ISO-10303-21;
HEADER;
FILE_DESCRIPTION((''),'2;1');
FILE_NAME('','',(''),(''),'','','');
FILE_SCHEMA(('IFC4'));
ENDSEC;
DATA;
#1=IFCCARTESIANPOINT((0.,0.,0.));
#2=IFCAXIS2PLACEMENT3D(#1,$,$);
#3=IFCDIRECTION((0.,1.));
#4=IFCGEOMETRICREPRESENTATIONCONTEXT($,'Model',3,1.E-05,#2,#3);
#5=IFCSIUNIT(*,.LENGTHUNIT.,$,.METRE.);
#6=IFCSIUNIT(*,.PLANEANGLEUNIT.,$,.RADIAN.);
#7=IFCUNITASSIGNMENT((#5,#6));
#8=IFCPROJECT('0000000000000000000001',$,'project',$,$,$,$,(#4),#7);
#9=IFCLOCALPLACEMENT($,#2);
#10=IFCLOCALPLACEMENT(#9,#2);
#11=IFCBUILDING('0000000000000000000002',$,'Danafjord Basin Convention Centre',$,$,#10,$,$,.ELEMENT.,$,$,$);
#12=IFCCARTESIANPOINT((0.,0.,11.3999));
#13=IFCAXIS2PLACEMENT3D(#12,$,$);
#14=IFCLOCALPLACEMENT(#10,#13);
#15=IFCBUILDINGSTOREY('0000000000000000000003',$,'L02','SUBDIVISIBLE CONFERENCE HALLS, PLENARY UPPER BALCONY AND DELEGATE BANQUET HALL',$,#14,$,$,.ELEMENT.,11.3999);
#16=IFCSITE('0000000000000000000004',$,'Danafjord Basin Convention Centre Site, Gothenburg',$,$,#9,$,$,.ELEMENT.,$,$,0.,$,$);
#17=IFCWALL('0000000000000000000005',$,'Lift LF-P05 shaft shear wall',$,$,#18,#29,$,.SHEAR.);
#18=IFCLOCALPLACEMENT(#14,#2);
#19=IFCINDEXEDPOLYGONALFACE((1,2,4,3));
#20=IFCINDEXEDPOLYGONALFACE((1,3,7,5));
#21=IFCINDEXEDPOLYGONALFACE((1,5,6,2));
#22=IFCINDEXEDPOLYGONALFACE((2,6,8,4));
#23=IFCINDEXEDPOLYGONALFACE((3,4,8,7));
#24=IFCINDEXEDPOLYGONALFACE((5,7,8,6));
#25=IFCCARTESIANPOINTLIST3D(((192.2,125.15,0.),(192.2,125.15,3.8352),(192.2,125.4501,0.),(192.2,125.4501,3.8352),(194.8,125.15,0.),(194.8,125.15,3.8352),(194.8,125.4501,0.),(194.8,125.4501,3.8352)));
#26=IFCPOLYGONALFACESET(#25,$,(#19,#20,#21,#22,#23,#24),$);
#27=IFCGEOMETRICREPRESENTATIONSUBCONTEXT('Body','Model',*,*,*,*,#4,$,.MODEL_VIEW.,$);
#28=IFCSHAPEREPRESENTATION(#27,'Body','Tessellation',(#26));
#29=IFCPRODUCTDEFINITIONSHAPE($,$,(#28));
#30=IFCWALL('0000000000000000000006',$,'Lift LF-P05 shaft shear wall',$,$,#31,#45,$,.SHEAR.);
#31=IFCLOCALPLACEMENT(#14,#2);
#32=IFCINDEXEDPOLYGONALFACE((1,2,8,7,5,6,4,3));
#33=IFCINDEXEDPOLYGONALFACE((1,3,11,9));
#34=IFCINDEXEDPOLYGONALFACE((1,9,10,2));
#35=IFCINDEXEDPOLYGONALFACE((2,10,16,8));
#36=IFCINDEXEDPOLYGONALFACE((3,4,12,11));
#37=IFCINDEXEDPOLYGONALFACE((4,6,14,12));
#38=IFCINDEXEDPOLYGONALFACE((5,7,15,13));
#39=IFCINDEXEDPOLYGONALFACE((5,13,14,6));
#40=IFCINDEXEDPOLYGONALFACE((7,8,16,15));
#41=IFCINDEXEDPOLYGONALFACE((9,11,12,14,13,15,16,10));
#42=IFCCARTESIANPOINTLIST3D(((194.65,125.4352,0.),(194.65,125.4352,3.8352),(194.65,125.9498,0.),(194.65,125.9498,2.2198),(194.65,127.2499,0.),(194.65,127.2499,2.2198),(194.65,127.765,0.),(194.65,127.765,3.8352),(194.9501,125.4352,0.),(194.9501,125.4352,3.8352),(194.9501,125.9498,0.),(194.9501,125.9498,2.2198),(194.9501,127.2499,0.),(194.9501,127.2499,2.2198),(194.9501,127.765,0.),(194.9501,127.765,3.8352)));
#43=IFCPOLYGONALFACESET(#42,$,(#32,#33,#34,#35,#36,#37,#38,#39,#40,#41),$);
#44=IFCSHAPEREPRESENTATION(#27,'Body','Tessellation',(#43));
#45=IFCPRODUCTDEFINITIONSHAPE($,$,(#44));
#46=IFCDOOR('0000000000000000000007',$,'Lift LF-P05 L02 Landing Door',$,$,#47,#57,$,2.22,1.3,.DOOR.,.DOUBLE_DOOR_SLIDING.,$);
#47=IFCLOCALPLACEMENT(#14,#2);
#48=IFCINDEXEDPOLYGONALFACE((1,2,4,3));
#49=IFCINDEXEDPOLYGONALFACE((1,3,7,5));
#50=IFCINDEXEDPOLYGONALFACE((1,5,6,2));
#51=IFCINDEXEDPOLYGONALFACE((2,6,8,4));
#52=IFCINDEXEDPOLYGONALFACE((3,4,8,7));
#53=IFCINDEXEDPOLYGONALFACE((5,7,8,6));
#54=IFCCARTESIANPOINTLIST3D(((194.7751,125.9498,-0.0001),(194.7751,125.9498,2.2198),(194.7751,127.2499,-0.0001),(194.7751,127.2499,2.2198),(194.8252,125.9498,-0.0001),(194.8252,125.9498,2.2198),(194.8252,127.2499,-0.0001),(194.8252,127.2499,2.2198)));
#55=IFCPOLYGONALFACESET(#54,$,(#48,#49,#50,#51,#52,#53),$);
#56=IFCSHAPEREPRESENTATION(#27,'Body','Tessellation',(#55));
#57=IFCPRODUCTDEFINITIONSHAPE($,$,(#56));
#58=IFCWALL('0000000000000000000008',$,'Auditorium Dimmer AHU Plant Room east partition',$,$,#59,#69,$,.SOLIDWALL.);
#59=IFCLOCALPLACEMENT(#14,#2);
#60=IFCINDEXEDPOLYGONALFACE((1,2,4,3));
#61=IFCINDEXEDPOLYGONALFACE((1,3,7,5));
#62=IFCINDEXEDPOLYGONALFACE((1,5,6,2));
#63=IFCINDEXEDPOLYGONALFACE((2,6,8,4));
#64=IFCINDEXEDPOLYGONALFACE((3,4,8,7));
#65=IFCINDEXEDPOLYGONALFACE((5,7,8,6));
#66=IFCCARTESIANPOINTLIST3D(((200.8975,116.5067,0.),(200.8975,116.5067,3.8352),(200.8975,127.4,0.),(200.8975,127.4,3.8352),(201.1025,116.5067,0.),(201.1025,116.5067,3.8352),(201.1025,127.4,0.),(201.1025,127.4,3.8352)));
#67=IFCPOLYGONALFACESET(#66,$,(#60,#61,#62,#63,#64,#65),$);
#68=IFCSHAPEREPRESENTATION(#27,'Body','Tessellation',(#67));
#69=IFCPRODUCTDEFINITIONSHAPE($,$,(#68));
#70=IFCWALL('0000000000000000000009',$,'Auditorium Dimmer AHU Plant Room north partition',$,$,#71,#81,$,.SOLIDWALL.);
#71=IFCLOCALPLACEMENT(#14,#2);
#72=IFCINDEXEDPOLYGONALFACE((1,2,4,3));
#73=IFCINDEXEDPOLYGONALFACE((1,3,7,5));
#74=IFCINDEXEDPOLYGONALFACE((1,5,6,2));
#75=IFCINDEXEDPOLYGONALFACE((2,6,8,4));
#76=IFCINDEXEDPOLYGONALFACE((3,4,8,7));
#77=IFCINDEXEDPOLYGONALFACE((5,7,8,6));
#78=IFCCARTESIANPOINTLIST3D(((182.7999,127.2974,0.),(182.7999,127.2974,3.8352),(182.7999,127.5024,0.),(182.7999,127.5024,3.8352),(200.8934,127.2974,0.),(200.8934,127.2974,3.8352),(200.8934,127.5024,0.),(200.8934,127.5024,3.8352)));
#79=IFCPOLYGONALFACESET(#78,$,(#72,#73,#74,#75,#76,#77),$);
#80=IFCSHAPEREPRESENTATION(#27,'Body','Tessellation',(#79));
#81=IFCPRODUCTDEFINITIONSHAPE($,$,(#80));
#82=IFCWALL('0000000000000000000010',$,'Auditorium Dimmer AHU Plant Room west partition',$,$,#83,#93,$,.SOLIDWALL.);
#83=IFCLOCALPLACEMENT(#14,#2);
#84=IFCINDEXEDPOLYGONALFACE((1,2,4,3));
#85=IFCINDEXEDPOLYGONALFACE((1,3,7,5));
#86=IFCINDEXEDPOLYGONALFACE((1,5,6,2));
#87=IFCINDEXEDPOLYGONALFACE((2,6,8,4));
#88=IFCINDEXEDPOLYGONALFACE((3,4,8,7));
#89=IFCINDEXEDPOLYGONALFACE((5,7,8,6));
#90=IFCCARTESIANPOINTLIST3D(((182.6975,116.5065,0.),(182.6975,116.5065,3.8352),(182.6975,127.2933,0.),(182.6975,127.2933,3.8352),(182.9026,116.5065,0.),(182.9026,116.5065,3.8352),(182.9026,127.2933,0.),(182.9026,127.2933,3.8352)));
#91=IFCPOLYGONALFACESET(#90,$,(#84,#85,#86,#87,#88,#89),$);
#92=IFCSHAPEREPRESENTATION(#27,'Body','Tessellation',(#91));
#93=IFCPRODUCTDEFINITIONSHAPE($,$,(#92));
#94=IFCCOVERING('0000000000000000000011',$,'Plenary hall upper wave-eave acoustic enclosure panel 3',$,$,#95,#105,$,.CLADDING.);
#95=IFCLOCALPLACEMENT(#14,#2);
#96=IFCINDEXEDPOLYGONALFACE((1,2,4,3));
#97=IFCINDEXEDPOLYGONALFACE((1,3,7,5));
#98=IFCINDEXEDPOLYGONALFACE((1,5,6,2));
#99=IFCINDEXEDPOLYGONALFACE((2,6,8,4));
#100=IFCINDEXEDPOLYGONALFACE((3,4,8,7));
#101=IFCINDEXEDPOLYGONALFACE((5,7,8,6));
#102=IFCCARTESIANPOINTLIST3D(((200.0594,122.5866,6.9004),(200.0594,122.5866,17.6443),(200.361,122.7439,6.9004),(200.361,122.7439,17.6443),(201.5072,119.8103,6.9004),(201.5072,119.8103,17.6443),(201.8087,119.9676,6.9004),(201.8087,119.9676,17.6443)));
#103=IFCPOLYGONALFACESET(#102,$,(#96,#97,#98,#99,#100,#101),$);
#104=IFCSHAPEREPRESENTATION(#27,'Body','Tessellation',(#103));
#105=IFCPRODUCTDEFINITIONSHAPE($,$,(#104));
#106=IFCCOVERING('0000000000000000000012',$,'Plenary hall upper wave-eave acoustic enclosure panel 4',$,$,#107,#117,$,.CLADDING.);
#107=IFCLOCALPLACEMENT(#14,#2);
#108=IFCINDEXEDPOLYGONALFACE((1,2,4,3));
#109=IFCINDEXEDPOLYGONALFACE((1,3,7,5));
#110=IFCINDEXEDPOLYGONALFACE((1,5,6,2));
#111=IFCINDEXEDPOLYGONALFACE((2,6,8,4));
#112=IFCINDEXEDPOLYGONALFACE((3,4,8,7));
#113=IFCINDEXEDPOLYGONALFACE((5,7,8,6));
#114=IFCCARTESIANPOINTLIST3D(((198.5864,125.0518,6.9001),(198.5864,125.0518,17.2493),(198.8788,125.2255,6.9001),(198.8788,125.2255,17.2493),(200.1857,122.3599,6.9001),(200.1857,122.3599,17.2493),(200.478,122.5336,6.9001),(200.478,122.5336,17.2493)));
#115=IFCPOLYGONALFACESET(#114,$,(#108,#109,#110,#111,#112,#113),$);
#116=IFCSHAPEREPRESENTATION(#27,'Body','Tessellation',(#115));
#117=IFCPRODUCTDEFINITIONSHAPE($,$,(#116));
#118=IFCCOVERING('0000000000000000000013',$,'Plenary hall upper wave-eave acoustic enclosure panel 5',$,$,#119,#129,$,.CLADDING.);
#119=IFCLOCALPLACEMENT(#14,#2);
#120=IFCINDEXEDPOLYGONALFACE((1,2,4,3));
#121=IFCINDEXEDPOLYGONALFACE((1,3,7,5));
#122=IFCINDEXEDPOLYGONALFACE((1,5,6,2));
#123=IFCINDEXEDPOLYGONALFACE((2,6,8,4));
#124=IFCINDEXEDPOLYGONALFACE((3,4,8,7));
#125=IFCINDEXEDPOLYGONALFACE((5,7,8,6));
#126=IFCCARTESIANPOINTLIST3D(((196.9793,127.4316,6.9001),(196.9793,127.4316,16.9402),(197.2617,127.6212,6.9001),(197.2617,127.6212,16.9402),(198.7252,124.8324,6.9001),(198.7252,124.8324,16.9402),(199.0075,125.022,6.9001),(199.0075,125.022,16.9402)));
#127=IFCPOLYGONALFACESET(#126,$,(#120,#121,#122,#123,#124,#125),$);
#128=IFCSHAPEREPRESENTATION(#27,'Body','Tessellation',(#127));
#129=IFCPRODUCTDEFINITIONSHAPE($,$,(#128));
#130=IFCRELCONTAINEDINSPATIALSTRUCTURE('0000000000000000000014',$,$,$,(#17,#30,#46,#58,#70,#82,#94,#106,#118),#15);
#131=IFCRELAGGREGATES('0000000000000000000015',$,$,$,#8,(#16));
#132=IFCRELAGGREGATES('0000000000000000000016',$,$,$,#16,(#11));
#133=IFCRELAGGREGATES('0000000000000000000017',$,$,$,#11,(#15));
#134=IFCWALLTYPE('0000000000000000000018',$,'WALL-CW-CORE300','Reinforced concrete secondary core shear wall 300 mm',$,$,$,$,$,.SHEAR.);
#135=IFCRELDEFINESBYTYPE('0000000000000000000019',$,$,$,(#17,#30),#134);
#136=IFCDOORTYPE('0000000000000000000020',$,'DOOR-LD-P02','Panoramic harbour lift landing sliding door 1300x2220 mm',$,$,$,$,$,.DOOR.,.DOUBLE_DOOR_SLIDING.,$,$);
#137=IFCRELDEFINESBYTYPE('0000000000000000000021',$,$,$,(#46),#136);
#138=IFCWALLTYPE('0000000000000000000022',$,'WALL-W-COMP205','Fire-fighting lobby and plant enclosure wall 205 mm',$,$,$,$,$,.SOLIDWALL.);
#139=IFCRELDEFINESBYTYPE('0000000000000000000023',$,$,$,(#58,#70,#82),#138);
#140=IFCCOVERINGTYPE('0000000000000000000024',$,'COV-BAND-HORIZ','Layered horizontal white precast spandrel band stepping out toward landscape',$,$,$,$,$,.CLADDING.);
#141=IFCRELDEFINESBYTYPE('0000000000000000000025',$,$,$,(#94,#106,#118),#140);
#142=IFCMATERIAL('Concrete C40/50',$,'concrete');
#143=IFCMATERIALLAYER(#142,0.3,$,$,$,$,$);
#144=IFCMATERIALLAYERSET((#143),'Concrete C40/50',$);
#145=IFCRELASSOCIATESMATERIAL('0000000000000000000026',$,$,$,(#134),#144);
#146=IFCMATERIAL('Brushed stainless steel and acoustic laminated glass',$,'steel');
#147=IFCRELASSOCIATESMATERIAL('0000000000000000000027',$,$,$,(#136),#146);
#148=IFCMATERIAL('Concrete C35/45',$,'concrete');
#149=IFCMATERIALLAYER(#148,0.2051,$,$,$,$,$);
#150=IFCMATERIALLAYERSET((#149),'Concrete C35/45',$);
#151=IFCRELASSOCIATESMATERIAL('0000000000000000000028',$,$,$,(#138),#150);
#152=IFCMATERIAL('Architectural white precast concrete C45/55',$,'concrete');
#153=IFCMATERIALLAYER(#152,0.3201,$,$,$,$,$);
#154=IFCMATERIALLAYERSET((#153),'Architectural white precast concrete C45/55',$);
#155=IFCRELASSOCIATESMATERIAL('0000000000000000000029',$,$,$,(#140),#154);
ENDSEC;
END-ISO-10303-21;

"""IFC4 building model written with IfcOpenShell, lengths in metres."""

from ifc_helpers import new_model, si_unit, direction, frame, frame_2d, origin, origin_2d, place, context, subcontext, project, spatial, rectangle, extrude, material, layer, layer_set, type_object, element, fill, save


model = new_model("IFC4")

# Units and contexts
model_context = context("Model", 3, precision=1e-05, world=origin(), true_north=direction((0.0, 1.0)))
body_context = subcontext(model_context, "Body", "Model", "MODEL_VIEW")
ifc_project = project(units=[si_unit("LENGTHUNIT", "METRE"), si_unit("PLANEANGLEUNIT", "RADIAN")], contexts=[model_context])

# Site, building, storey
site_placement = place(None, origin())
site = spatial("IfcSite", under=ifc_project, at=site_placement, Name="Danafjord Basin Convention Centre Site, Gothenburg", CompositionType="ELEMENT", RefElevation=0.0)
building_placement = place(site_placement, origin())
building = spatial("IfcBuilding", under=site, at=building_placement, Name="Danafjord Basin Convention Centre", CompositionType="ELEMENT")
storey_placement = place(building_placement, frame((0.0, 0.0, 11.3999)))
storey = spatial("IfcBuildingStorey", under=building, at=storey_placement, Name="L02", Description="SUBDIVISIBLE CONFERENCE HALLS, PLENARY UPPER BALCONY AND DELEGATE BANQUET HALL", CompositionType="ELEMENT", Elevation=11.3999)

# Shared definitions
ifc_material_1 = material(Name="Concrete C40/50", Category="concrete")
ifc_layer_1 = layer(ifc_material_1, 0.3)
ifc_layer_set_1 = layer_set([ifc_layer_1], Name="Concrete C40/50")
wall_type_1 = type_object("IfcWallType", Name="WALL-CW-CORE300", Description="Reinforced concrete secondary core shear wall 300 mm", PredefinedType="SHEAR", material=ifc_layer_set_1)

# Wall
wall_1_placement = place(storey_placement, frame((192.2, 125.3, 0.0), z_axis=(0.0, 0.0, 1.0), x_axis=(1.0, 0.0, 0.0)))
element("IfcWall", 1, at=wall_1_placement, inside=storey, type_object=wall_type_1, Name="Lift LF-P05 shaft shear wall", PredefinedType="SHEAR", context=body_context, shape_type="SweptSolid", body=[
    extrude(rectangle(XDim=2.6001, YDim=0.3, at=frame_2d((1.3, 0.0))), origin(), (0.0, 0.0, 1.0), 3.8352),
])

# Wall, opening, door
wall_2_placement = place(storey_placement, frame((194.8, 125.4351, 0.0), z_axis=(0.0, 0.0, 1.0), x_axis=(0.0, 1.0, 0.0)))
wall_2 = element("IfcWall", 2, at=wall_2_placement, inside=storey, type_object=wall_type_1, Name="Lift LF-P05 shaft shear wall", PredefinedType="SHEAR", context=body_context, shape_type="SweptSolid", body=[
    extrude(rectangle(XDim=2.3298, YDim=0.3, at=frame_2d((1.165, 0.0))), origin(), (0.0, 0.0, 1.0), 3.8352),
])
opening_1_placement = place(wall_2_placement, frame((0.5149, 0.0, 0.0)))
opening_1 = element("IfcOpeningElement", 3, at=opening_1_placement, cuts=wall_2, PredefinedType="OPENING", context=body_context, shape_type="SweptSolid", body=[
    extrude(rectangle(XDim=1.3, YDim=2.22, at=frame_2d((0.6499, 1.1099))), frame((0.0, 0.1599, 0.0), z_axis=(0.0, -1.0, 0.0), x_axis=(1.0, 0.0, 0.0)), (0.0, 0.0, 1.0), 0.3201),
])
ifc_material_2 = material(Name="Brushed stainless steel and acoustic laminated glass", Category="steel")
door_type_1 = type_object("IfcDoorType", Name="DOOR-LD-P02", Description="Panoramic harbour lift landing sliding door 1300x2220 mm", OperationType="DOUBLE_DOOR_SLIDING", PredefinedType="DOOR", material=ifc_material_2)
door_1_placement = place(opening_1_placement, origin())
door_1 = element("IfcDoor", 4, at=door_1_placement, inside=storey, type_object=door_type_1, Name="Lift LF-P05 L02 Landing Door", OperationType="DOUBLE_DOOR_SLIDING", OverallHeight=2.22, OverallWidth=1.3, PredefinedType="DOOR", context=body_context, shape_type="SweptSolid", body=[
    extrude(rectangle(XDim=1.3, YDim=2.22, at=frame_2d((0.6499, 1.1099))), frame((0.0, 0.0249, 0.0), z_axis=(0.0, -1.0, 0.0), x_axis=(1.0, 0.0, 0.0)), (0.0, 0.0, 1.0), 0.05),
])
fill(opening_1, door_1)

# Walls
ifc_material_3 = material(Name="Concrete C35/45", Category="concrete")
ifc_layer_2 = layer(ifc_material_3, 0.2051)
ifc_layer_set_2 = layer_set([ifc_layer_2], Name="Concrete C35/45")
wall_type_2 = type_object("IfcWallType", Name="WALL-W-COMP205", Description="Fire-fighting lobby and plant enclosure wall 205 mm", PredefinedType="SOLIDWALL", material=ifc_layer_set_2)
wall_3_placement = place(storey_placement, frame((201.0, 116.5066, 0.0), z_axis=(0.0, 0.0, 1.0), x_axis=(0.0, 1.0, 0.0)))
element("IfcWall", 5, at=wall_3_placement, inside=storey, type_object=wall_type_2, Name="Auditorium Dimmer AHU Plant Room east partition", PredefinedType="SOLIDWALL", context=body_context, shape_type="SweptSolid", body=[
    extrude(rectangle(XDim=10.8933, YDim=0.2051, at=frame_2d((5.4468, 0.0))), origin(), (0.0, 0.0, 1.0), 3.8352),
])
wall_4_placement = place(storey_placement, frame((200.8936, 127.3999, 0.0), z_axis=(0.0, 0.0, 1.0), x_axis=(-1.0, 0.0, 0.0)))
element("IfcWall", 6, at=wall_4_placement, inside=storey, type_object=wall_type_2, Name="Auditorium Dimmer AHU Plant Room north partition", PredefinedType="SOLIDWALL", context=body_context, shape_type="SweptSolid", body=[
    extrude(rectangle(XDim=18.0935, YDim=0.2051, at=frame_2d((9.0469, 0.0))), origin(), (0.0, 0.0, 1.0), 3.8352),
])
wall_5_placement = place(storey_placement, frame((182.8, 127.2935, 0.0), z_axis=(0.0, 0.0, 1.0), x_axis=(0.0, -1.0, 0.0)))
element("IfcWall", 7, at=wall_5_placement, inside=storey, type_object=wall_type_2, Name="Auditorium Dimmer AHU Plant Room west partition", PredefinedType="SOLIDWALL", context=body_context, shape_type="SweptSolid", body=[
    extrude(rectangle(XDim=10.7869, YDim=0.2051, at=frame_2d((5.3936, 0.0))), origin(), (0.0, 0.0, 1.0), 3.8352),
])

# Coverings
ifc_material_4 = material(Name="Architectural white precast concrete C45/55", Category="concrete")
ifc_layer_3 = layer(ifc_material_4, 0.3201)
ifc_layer_set_3 = layer_set([ifc_layer_3], Name="Architectural white precast concrete C45/55")
covering_type = type_object("IfcCoveringType", Name="COV-BAND-HORIZ", Description="Layered horizontal white precast spandrel band stepping out toward landscape", PredefinedType="CLADDING", material=ifc_layer_set_3)
covering_1_placement = place(storey_placement, frame((200.9341, 121.2771, 6.9004), z_axis=(0.0, 0.0, 1.0), x_axis=(-0.462367, 0.886689, 0.0)))
element("IfcCovering", 8, at=covering_1_placement, inside=storey, type_object=covering_type, Name="Plenary hall upper wave-eave acoustic enclosure panel 3", PredefinedType="CLADDING", context=body_context, shape_type="SweptSolid", body=[
    extrude(rectangle(XDim=3.1311, YDim=0.3401, at=origin_2d()), origin(), (0.0, 0.0, 1.0), 10.7439),
])
covering_2_placement = place(storey_placement, frame((199.5322, 123.7927, 6.9001), z_axis=(0.0, 0.0, 1.0), x_axis=(-0.510759, 0.859724, 0.0)))
element("IfcCovering", 9, at=covering_2_placement, inside=storey, type_object=covering_type, Name="Plenary hall upper wave-eave acoustic enclosure panel 4", PredefinedType="CLADDING", context=body_context, shape_type="SweptSolid", body=[
    extrude(rectangle(XDim=3.1311, YDim=0.3401, at=origin_2d()), origin(), (0.0, 0.0, 1.0), 10.3491),
])
covering_3_placement = place(storey_placement, frame((197.9934, 126.2268, 6.9001), z_axis=(0.0, 0.0, 1.0), x_axis=(-0.557573, 0.830128, 0.0)))
element("IfcCovering", 10, at=covering_3_placement, inside=storey, type_object=covering_type, Name="Plenary hall upper wave-eave acoustic enclosure panel 5", PredefinedType="CLADDING", context=body_context, shape_type="SweptSolid", body=[
    extrude(rectangle(XDim=3.1311, YDim=0.3401, at=origin_2d()), origin(), (0.0, 0.0, 1.0), 10.04),
])

save(model, "model.ifc")
